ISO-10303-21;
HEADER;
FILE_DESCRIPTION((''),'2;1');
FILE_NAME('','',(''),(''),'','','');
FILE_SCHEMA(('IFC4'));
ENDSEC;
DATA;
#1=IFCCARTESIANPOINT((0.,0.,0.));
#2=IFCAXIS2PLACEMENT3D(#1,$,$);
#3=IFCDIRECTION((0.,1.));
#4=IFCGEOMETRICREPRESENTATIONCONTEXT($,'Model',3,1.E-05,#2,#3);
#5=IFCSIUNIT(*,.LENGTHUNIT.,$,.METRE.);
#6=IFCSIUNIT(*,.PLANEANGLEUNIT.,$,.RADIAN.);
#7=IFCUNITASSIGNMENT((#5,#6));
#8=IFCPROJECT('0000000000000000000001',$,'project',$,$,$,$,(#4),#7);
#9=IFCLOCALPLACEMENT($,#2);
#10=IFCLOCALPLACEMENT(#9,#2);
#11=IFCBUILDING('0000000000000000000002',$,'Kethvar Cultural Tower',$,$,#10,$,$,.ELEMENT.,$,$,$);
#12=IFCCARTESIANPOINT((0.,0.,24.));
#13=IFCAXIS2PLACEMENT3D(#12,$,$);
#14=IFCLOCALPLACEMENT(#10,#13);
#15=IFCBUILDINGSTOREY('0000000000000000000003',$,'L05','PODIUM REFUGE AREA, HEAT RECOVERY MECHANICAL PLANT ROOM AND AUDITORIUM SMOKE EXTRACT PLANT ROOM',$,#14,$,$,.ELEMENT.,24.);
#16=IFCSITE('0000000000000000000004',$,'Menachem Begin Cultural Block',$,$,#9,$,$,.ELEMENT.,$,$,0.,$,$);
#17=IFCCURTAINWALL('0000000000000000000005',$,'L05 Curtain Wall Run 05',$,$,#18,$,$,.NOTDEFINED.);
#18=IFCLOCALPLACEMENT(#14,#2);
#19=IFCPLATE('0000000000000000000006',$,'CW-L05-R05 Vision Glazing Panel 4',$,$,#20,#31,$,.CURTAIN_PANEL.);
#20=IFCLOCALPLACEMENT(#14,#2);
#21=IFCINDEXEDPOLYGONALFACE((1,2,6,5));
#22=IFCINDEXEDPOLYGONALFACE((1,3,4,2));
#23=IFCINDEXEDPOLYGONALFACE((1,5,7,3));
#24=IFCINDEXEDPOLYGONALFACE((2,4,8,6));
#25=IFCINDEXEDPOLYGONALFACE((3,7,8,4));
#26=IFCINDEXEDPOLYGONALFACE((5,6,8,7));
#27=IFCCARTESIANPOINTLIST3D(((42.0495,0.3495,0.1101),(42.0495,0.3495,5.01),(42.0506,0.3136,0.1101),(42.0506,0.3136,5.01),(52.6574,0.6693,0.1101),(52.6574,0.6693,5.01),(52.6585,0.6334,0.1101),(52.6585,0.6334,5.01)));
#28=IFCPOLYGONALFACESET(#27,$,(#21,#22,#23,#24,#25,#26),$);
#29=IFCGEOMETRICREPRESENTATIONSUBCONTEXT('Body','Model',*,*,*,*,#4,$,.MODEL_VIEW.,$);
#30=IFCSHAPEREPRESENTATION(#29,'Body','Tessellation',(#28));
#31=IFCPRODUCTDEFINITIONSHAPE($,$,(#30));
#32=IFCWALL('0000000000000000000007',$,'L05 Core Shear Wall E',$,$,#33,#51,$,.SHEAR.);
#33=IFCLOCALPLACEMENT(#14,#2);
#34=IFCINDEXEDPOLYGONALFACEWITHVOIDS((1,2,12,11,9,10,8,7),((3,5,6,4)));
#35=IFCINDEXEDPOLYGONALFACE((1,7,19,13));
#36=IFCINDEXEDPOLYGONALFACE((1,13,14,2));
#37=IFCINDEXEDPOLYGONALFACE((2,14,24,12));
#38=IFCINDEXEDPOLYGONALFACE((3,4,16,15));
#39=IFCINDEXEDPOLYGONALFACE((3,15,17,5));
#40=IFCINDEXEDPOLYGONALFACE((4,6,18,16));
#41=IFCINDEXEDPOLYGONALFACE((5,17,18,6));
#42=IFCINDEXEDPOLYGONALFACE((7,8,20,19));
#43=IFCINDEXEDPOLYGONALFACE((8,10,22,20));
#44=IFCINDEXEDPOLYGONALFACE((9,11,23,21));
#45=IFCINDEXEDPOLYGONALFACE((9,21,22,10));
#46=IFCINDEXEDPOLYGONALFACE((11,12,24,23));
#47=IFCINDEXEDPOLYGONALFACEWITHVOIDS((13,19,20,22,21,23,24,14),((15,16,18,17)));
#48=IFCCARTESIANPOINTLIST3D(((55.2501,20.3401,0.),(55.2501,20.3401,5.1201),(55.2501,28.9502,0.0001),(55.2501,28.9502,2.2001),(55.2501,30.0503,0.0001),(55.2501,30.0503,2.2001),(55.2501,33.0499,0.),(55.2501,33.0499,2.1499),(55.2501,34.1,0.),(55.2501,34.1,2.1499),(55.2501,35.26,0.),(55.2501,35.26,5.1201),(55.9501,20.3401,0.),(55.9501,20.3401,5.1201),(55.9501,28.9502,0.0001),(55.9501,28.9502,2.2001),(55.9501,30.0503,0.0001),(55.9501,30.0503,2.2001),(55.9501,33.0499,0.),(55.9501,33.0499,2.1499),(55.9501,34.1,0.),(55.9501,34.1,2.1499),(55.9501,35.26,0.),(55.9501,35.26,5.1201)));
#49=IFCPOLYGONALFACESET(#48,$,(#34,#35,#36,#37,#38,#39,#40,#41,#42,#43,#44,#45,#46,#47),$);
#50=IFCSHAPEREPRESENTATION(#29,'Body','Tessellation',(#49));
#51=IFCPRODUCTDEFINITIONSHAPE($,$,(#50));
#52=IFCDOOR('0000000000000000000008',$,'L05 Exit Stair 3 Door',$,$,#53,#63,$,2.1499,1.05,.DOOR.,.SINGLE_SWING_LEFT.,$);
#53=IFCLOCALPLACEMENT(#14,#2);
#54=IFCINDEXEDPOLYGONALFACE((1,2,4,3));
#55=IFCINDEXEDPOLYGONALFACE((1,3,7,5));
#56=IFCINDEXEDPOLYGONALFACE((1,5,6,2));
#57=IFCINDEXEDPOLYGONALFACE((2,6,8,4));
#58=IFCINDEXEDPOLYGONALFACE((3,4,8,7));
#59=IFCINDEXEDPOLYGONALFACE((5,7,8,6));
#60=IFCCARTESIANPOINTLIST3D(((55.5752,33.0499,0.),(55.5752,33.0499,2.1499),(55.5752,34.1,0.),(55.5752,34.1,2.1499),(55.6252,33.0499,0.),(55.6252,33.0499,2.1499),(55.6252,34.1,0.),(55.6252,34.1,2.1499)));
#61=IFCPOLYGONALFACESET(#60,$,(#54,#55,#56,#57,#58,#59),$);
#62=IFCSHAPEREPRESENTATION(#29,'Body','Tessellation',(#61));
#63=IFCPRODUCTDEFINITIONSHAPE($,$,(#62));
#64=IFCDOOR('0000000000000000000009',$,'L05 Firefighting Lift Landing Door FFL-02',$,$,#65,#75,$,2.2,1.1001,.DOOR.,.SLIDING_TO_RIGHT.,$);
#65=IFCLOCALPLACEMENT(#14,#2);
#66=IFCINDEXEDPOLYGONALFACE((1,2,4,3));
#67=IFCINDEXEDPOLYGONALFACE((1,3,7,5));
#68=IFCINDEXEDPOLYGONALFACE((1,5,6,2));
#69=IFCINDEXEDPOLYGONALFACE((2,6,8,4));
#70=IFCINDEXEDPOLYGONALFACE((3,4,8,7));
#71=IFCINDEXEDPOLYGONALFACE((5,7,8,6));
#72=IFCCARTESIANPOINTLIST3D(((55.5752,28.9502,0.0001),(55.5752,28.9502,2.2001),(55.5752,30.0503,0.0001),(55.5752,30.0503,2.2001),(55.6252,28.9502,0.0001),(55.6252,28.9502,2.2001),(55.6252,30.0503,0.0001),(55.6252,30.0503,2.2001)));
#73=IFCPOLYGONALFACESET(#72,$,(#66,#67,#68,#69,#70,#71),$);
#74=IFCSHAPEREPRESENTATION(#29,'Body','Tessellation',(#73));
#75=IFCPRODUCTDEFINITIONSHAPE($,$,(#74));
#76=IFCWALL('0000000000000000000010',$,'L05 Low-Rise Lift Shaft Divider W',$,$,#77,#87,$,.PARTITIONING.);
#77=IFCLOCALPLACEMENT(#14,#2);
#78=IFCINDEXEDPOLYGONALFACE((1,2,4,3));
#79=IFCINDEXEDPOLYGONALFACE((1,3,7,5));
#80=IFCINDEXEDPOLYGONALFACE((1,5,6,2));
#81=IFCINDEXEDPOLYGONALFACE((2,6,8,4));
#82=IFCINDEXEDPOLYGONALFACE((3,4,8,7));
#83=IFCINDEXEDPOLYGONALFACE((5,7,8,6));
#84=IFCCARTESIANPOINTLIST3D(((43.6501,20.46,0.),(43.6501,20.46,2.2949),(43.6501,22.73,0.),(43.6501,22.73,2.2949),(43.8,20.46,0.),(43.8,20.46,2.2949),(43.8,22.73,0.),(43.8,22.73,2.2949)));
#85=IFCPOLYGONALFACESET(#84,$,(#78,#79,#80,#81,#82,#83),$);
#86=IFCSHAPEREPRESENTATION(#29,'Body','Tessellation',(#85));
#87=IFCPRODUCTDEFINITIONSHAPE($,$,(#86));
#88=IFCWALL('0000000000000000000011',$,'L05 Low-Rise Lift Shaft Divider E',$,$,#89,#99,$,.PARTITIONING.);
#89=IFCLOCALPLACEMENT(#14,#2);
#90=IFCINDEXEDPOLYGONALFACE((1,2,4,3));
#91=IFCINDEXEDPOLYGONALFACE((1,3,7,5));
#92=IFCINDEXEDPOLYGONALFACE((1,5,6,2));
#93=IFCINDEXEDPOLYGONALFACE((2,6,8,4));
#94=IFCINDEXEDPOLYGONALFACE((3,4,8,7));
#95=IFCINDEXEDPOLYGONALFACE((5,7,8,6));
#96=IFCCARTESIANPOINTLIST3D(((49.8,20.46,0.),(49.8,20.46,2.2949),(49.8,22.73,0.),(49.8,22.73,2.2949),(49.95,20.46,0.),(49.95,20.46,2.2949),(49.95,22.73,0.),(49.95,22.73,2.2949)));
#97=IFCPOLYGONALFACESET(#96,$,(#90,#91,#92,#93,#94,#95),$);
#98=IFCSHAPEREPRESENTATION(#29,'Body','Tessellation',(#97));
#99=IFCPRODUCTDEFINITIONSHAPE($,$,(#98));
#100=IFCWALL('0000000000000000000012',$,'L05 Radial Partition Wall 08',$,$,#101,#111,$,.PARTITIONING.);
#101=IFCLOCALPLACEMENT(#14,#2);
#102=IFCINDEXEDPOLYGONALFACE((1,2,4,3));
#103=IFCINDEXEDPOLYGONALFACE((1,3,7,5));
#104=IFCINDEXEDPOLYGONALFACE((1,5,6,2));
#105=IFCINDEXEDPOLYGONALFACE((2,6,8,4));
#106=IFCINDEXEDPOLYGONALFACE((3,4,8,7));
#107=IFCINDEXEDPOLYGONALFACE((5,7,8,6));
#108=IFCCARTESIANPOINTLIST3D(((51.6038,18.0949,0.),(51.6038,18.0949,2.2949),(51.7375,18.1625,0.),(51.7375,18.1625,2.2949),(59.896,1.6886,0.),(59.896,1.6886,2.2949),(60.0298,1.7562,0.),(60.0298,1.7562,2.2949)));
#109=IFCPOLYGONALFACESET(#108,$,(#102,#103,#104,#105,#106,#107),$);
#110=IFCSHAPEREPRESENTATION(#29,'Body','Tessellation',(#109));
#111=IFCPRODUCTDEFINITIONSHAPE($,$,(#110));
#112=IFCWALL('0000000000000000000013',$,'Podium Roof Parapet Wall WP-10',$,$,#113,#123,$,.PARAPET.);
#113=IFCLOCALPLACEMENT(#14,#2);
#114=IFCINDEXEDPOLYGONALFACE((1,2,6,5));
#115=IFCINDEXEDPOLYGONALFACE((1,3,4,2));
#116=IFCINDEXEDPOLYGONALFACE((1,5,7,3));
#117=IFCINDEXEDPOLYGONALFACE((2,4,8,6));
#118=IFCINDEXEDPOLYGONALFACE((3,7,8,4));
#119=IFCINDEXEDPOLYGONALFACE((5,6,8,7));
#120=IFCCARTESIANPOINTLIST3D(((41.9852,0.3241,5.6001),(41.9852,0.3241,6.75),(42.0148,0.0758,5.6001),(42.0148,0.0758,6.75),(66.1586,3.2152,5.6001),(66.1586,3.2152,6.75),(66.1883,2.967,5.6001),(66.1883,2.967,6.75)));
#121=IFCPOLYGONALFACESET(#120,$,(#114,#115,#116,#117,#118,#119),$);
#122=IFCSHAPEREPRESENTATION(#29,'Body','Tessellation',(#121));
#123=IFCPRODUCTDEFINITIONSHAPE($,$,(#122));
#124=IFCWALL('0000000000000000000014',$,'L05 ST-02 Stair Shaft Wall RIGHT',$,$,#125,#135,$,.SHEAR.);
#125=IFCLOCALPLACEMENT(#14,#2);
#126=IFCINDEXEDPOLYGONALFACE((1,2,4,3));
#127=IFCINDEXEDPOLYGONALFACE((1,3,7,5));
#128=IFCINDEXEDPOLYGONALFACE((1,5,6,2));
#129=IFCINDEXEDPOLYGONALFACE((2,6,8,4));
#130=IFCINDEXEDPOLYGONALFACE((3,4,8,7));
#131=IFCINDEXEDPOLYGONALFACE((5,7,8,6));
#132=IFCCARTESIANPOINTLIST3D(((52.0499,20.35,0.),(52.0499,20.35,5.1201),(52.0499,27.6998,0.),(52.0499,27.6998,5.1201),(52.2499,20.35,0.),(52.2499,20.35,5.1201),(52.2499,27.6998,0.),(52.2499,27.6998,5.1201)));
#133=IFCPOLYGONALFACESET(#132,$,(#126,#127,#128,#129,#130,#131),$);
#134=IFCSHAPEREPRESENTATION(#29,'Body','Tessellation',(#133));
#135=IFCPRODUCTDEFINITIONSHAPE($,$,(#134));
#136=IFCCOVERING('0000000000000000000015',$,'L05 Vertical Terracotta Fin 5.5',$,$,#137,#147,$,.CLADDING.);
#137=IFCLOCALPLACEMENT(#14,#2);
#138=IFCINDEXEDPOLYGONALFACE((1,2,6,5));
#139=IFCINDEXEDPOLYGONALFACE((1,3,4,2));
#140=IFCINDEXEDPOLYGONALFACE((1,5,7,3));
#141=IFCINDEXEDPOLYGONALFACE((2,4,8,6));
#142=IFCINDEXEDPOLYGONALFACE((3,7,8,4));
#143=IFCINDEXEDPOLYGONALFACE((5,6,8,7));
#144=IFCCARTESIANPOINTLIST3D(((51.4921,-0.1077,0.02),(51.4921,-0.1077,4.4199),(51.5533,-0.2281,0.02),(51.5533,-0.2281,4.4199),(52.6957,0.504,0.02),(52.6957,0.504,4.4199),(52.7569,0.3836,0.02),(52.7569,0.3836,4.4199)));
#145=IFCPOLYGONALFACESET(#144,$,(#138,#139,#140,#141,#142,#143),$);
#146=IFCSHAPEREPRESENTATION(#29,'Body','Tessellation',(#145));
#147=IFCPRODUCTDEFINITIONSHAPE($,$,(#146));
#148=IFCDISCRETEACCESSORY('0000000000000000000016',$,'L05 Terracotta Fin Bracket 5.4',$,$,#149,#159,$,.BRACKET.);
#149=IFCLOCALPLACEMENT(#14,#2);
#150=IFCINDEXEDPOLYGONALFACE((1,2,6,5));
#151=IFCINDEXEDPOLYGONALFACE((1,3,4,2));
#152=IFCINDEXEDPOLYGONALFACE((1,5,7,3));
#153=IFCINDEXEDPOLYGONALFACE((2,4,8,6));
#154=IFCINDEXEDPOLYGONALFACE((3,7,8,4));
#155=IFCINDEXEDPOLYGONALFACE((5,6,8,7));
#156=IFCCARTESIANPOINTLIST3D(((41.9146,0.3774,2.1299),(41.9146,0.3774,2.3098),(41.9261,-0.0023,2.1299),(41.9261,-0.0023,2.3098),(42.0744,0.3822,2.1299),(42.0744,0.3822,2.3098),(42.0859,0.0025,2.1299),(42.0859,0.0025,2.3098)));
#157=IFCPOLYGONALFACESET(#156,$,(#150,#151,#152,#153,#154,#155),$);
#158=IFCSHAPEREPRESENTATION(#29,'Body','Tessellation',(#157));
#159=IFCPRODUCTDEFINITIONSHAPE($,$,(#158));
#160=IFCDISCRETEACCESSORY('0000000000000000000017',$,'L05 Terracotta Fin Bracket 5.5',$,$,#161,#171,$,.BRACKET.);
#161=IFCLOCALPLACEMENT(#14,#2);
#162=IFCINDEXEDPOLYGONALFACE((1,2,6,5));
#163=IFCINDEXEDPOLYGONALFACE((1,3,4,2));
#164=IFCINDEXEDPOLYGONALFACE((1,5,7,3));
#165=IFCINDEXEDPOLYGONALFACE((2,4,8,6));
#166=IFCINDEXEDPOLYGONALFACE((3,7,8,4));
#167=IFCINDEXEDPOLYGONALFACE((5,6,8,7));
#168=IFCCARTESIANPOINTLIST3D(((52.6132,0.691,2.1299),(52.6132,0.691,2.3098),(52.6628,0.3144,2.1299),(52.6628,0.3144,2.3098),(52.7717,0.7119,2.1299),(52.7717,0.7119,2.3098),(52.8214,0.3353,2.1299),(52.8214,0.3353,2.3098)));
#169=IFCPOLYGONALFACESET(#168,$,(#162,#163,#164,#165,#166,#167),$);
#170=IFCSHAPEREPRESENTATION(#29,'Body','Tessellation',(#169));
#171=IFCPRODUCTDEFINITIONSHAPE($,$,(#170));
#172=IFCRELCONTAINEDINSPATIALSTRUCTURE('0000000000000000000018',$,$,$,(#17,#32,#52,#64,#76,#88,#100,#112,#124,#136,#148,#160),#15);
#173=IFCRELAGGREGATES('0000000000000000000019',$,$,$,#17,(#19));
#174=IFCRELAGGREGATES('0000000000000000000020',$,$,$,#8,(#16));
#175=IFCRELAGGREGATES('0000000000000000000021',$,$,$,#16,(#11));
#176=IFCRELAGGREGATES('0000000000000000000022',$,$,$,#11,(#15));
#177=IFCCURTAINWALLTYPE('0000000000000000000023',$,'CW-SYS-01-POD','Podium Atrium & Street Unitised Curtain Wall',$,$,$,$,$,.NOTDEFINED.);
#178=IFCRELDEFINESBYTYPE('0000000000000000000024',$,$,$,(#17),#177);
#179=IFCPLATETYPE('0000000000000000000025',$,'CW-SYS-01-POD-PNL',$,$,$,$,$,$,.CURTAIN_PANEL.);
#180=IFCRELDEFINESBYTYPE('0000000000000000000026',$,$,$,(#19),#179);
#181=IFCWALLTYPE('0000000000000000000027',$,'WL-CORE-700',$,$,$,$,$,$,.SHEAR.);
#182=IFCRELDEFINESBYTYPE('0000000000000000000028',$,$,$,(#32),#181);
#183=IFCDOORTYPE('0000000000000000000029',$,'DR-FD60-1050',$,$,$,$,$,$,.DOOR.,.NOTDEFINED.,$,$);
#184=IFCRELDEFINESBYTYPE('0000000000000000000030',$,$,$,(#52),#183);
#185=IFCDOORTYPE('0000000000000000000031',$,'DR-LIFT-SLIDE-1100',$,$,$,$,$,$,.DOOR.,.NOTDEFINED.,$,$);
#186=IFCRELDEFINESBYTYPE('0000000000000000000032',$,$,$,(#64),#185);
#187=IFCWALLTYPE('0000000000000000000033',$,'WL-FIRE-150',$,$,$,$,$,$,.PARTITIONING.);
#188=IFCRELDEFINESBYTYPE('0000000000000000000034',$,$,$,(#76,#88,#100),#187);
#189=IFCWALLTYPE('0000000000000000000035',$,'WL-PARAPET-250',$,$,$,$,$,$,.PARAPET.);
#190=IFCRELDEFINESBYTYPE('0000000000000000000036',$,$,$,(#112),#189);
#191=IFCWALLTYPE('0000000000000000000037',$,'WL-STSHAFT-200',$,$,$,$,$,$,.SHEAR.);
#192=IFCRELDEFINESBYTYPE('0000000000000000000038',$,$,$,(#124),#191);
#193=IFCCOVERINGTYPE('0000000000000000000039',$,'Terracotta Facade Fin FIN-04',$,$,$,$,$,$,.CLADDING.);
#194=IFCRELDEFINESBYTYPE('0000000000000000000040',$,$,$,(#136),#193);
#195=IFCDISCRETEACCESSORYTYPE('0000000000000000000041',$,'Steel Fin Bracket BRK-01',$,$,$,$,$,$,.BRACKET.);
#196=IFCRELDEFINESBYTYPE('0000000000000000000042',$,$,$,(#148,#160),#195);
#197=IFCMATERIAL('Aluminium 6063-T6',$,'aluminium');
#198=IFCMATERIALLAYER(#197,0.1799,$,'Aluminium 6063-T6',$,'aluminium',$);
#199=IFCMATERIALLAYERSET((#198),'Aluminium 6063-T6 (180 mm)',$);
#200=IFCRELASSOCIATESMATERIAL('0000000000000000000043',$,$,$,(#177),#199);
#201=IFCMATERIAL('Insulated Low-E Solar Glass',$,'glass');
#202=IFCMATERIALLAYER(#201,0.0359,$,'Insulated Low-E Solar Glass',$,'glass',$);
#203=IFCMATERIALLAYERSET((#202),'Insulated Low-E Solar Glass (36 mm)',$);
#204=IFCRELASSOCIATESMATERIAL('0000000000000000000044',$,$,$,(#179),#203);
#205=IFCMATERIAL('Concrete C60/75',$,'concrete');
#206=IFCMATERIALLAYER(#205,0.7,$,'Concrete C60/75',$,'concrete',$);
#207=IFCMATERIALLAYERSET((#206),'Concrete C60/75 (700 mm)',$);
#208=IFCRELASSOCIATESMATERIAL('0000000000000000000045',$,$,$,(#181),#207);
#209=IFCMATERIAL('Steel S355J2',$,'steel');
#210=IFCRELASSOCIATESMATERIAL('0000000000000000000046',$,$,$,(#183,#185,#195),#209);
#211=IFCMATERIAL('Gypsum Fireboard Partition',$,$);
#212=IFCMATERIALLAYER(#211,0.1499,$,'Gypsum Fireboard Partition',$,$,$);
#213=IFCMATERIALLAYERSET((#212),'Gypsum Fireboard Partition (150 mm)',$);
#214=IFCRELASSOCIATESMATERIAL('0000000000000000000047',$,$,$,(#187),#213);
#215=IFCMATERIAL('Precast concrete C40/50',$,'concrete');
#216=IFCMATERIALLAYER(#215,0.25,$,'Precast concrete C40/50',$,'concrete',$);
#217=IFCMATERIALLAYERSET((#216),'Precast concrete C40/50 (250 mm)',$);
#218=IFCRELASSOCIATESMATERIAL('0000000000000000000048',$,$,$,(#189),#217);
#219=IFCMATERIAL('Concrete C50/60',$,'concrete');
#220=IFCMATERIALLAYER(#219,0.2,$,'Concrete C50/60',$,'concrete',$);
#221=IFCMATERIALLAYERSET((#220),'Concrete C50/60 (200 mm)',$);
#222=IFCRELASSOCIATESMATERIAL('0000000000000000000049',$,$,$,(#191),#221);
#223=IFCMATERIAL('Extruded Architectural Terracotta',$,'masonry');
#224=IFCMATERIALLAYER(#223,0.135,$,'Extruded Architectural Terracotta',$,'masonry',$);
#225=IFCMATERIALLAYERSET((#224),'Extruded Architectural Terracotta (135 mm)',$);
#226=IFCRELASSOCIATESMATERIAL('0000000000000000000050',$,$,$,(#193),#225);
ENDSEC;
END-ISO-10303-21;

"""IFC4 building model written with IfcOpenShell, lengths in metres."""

from ifc_helpers import new_model, si_unit, direction, frame, frame_2d, origin, origin_2d, place, context, subcontext, project, spatial, rectangle, extrude, source, transform, mapped, material, layer, layer_set, type_object, element, fill, aggregate, save


model = new_model("IFC4")

# Units and contexts
model_context = context("Model", 3, precision=1e-05, world=origin(), true_north=direction((0.0, 1.0)))
body_context = subcontext(model_context, "Body", "Model", "MODEL_VIEW")
ifc_project = project(units=[si_unit("LENGTHUNIT", "METRE"), si_unit("PLANEANGLEUNIT", "RADIAN")], contexts=[model_context])

# Site, building, storey
site_placement = place(None, origin())
site = spatial("IfcSite", under=ifc_project, at=site_placement, Name="Menachem Begin Cultural Block", CompositionType="ELEMENT", RefElevation=0.0)
building_placement = place(site_placement, origin())
building = spatial("IfcBuilding", under=site, at=building_placement, Name="Kethvar Cultural Tower", CompositionType="ELEMENT")
storey_placement = place(building_placement, frame((0.0, 0.0, 24.0)))
storey = spatial("IfcBuildingStorey", under=building, at=storey_placement, Name="L05", Description="PODIUM REFUGE AREA, HEAT RECOVERY MECHANICAL PLANT ROOM AND AUDITORIUM SMOKE EXTRACT PLANT ROOM", CompositionType="ELEMENT", Elevation=24.0)

# Shared definitions
ifc_material_1 = material(Name="Steel S355J2", Category="steel")

# Curtain wall
ifc_material_2 = material(Name="Aluminium 6063-T6", Category="aluminium")
ifc_layer_1 = layer(ifc_material_2, 0.1799, Name="Aluminium 6063-T6", Category="aluminium")
ifc_layer_set_1 = layer_set([ifc_layer_1], Name="Aluminium 6063-T6 (180 mm)")
curtain_wall_type = type_object("IfcCurtainWallType", Name="CW-SYS-01-POD", Description="Podium Atrium & Street Unitised Curtain Wall", PredefinedType="NOTDEFINED", material=ifc_layer_set_1)
curtain_wall_placement = place(storey_placement, origin())
curtain_wall = element("IfcCurtainWall", 1, at=curtain_wall_placement, inside=storey, type_object=curtain_wall_type, Name="L05 Curtain Wall Run 05", PredefinedType="NOTDEFINED")

# Plate
ifc_material_3 = material(Name="Insulated Low-E Solar Glass", Category="glass")
ifc_layer_2 = layer(ifc_material_3, 0.0359, Name="Insulated Low-E Solar Glass", Category="glass")
ifc_layer_set_2 = layer_set([ifc_layer_2], Name="Insulated Low-E Solar Glass (36 mm)")
plate_type_1 = type_object("IfcPlateType", Name="CW-SYS-01-POD-PNL", PredefinedType="CURTAIN_PANEL", material=ifc_layer_set_2)
shared_shape_1 = source(origin(), body_context, "Body", "SweptSolid", [
    extrude(rectangle(XDim=10.6128, YDim=0.0359, at=origin_2d()), origin(), (0.0, 0.0, 1.0), 4.8999),
])
plate_1_placement = place(storey_placement, frame((47.354, 0.4915, 0.1101), z_axis=(0.0, 0.0, 1.0), x_axis=(0.999546, 0.030137, 0.0)))
plate_1 = element("IfcPlate", 2, at=plate_1_placement, type_object=plate_type_1, Name="CW-L05-R05 Vision Glazing Panel 4", PredefinedType="CURTAIN_PANEL", context=body_context, shape_type="MappedRepresentation", body=[
    mapped(shared_shape_1, transform((0.0, 0.0, 0.0), scale=1.0)),
])
aggregate(curtain_wall, [plate_1])

# Wall, openings, doors
ifc_material_4 = material(Name="Concrete C60/75", Category="concrete")
ifc_layer_3 = layer(ifc_material_4, 0.7, Name="Concrete C60/75", Category="concrete")
ifc_layer_set_3 = layer_set([ifc_layer_3], Name="Concrete C60/75 (700 mm)")
wall_type_1 = type_object("IfcWallType", Name="WL-CORE-700", PredefinedType="SHEAR", material=ifc_layer_set_3)
wall_1_placement = place(storey_placement, frame((55.6001, 20.3401, 0.0), z_axis=(0.0, 0.0, 1.0), x_axis=(0.0, 1.0, 0.0)))
wall_1 = element("IfcWall", 3, at=wall_1_placement, inside=storey, type_object=wall_type_1, Name="L05 Core Shear Wall E", PredefinedType="SHEAR", context=body_context, shape_type="SweptSolid", body=[
    extrude(rectangle(XDim=14.9199, YDim=0.7, at=frame_2d((7.46, 0.0))), origin(), (0.0, 0.0, 1.0), 5.1201),
])
opening_1_placement = place(wall_1_placement, frame((12.71, 0.0, 0.0)))
opening_1 = element("IfcOpeningElement", 4, at=opening_1_placement, cuts=wall_1, PredefinedType="OPENING", context=body_context, shape_type="SweptSolid", body=[
    extrude(rectangle(XDim=1.05, YDim=2.1499, at=frame_2d((0.5249, 1.075))), frame((0.0, 0.3599, 0.0), z_axis=(0.0, -1.0, 0.0), x_axis=(1.0, 0.0, 0.0)), (0.0, 0.0, 1.0), 0.72),
])
opening_2_placement = place(wall_1_placement, frame((8.6101, 0.0, 0.0)))
opening_2 = element("IfcOpeningElement", 5, at=opening_2_placement, cuts=wall_1, PredefinedType="OPENING", context=body_context, shape_type="SweptSolid", body=[
    extrude(rectangle(XDim=1.1001, YDim=2.2, at=frame_2d((0.55, 1.1001))), frame((0.0, 0.3599, 0.0), z_axis=(0.0, -1.0, 0.0), x_axis=(1.0, 0.0, 0.0)), (0.0, 0.0, 1.0), 0.72),
])
door_type_1 = type_object("IfcDoorType", Name="DR-FD60-1050", OperationType="NOTDEFINED", PredefinedType="DOOR", material=ifc_material_1)
shared_shape_2 = source(origin(), body_context, "Body", "SweptSolid", [
    extrude(rectangle(XDim=1.05, YDim=2.1499, at=frame_2d((0.5249, 1.075))), frame((0.0, 0.0249, 0.0), z_axis=(0.0, -1.0, 0.0), x_axis=(1.0, 0.0, 0.0)), (0.0, 0.0, 1.0), 0.05),
])
door_1_placement = place(opening_1_placement, origin())
door_1 = element("IfcDoor", 6, at=door_1_placement, inside=storey, type_object=door_type_1, Name="L05 Exit Stair 3 Door", OperationType="SINGLE_SWING_LEFT", OverallHeight=2.1499, OverallWidth=1.05, PredefinedType="DOOR", context=body_context, shape_type="MappedRepresentation", body=[
    mapped(shared_shape_2, transform((0.0, 0.0, 0.0), scale=1.0)),
])
fill(opening_1, door_1)
door_type_2 = type_object("IfcDoorType", Name="DR-LIFT-SLIDE-1100", OperationType="NOTDEFINED", PredefinedType="DOOR", material=ifc_material_1)
shared_shape_3 = source(origin(), body_context, "Body", "SweptSolid", [
    extrude(rectangle(XDim=1.1001, YDim=2.2, at=frame_2d((0.55, 1.1001))), frame((0.0, 0.0249, 0.0), z_axis=(0.0, -1.0, 0.0), x_axis=(1.0, 0.0, 0.0)), (0.0, 0.0, 1.0), 0.05),
])
door_2_placement = place(opening_2_placement, origin())
door_2 = element("IfcDoor", 7, at=door_2_placement, inside=storey, type_object=door_type_2, Name="L05 Firefighting Lift Landing Door FFL-02", OperationType="SLIDING_TO_RIGHT", OverallHeight=2.2, OverallWidth=1.1001, PredefinedType="DOOR", context=body_context, shape_type="MappedRepresentation", body=[
    mapped(shared_shape_3, transform((0.0, 0.0, 0.0), scale=1.0)),
])
fill(opening_2, door_2)

# Walls
ifc_material_5 = material(Name="Gypsum Fireboard Partition")
ifc_layer_4 = layer(ifc_material_5, 0.1499, Name="Gypsum Fireboard Partition")
ifc_layer_set_4 = layer_set([ifc_layer_4], Name="Gypsum Fireboard Partition (150 mm)")
wall_type_2 = type_object("IfcWallType", Name="WL-FIRE-150", PredefinedType="PARTITIONING", material=ifc_layer_set_4)
for number, where, z_axis, x_axis, name in (
    (8, (43.7251, 20.46, 0.0), (0.0, 0.0, 1.0), (0.0, 1.0, 0.0), "L05 Low-Rise Lift Shaft Divider W"),
    (9, (49.875, 20.46, 0.0), (0.0, 0.0, 1.0), (0.0, 1.0, 0.0), "L05 Low-Rise Lift Shaft Divider E"),
):
    element("IfcWall", number, at=place(storey_placement, frame(where, z_axis=z_axis, x_axis=x_axis)), inside=storey, type_object=wall_type_2, Name=name, PredefinedType="PARTITIONING", context=body_context, shape_type="SweptSolid", body=[
        extrude(rectangle(XDim=2.27, YDim=0.1499, at=frame_2d((1.135, 0.0))), origin(), (0.0, 0.0, 1.0), 2.2949),
    ])
wall_2_placement = place(storey_placement, frame((51.6707, 18.1287, 0.0), z_axis=(0.0, 0.0, 1.0), x_axis=(0.451087, -0.89248, 0.0)))
element("IfcWall", 10, at=wall_2_placement, inside=storey, type_object=wall_type_2, Name="L05 Radial Partition Wall 08", PredefinedType="PARTITIONING", context=body_context, shape_type="SweptSolid", body=[
    extrude(rectangle(XDim=18.3828, YDim=0.1499, at=frame_2d((9.1914, 0.0))), origin(), (0.0, 0.0, 1.0), 2.2949),
])
ifc_material_6 = material(Name="Precast concrete C40/50", Category="concrete")
ifc_layer_5 = layer(ifc_material_6, 0.25, Name="Precast concrete C40/50", Category="concrete")
ifc_layer_set_5 = layer_set([ifc_layer_5], Name="Precast concrete C40/50 (250 mm)")
wall_type_3 = type_object("IfcWallType", Name="WL-PARAPET-250", PredefinedType="PARAPET", material=ifc_layer_set_5)
wall_3_placement = place(storey_placement, frame((42.0, 0.2, 5.6001), z_axis=(0.0, 0.0, 1.0), x_axis=(0.992924, 0.118753, 0.0)))
element("IfcWall", 11, at=wall_3_placement, inside=storey, type_object=wall_type_3, Name="Podium Roof Parapet Wall WP-10", PredefinedType="PARAPET", context=body_context, shape_type="SweptSolid", body=[
    extrude(rectangle(XDim=24.3457, YDim=0.25, at=frame_2d((12.1729, 0.0))), origin(), (0.0, 0.0, 1.0), 1.1499),
])
ifc_material_7 = material(Name="Concrete C50/60", Category="concrete")
ifc_layer_6 = layer(ifc_material_7, 0.2, Name="Concrete C50/60", Category="concrete")
ifc_layer_set_6 = layer_set([ifc_layer_6], Name="Concrete C50/60 (200 mm)")
wall_type_4 = type_object("IfcWallType", Name="WL-STSHAFT-200", PredefinedType="SHEAR", material=ifc_layer_set_6)
wall_4_placement = place(storey_placement, frame((52.1499, 20.3501, 0.0), z_axis=(0.0, 0.0, 1.0), x_axis=(0.0, 1.0, 0.0)))
element("IfcWall", 12, at=wall_4_placement, inside=storey, type_object=wall_type_4, Name="L05 ST-02 Stair Shaft Wall RIGHT", PredefinedType="SHEAR", context=body_context, shape_type="SweptSolid", body=[
    extrude(rectangle(XDim=7.3499, YDim=0.2, at=frame_2d((3.6748, 0.0))), origin(), (0.0, 0.0, 1.0), 5.1201),
])

# Covering
ifc_material_8 = material(Name="Extruded Architectural Terracotta", Category="masonry")
ifc_layer_7 = layer(ifc_material_8, 0.135, Name="Extruded Architectural Terracotta", Category="masonry")
ifc_layer_set_7 = layer_set([ifc_layer_7], Name="Extruded Architectural Terracotta (135 mm)")
covering_type = type_object("IfcCoveringType", Name="Terracotta Facade Fin FIN-04", PredefinedType="CLADDING", material=ifc_layer_set_7)
shared_shape_4 = source(origin(), body_context, "Body", "SweptSolid", [
    extrude(rectangle(XDim=1.3501, YDim=0.135, at=origin_2d()), origin(), (0.0, 0.0, 1.0), 4.3999),
])
covering_placement = place(storey_placement, frame((52.1245, 0.1379, 0.02), z_axis=(0.0, 0.0, 1.0), x_axis=(-0.891481, -0.453057, 0.0)))
element("IfcCovering", 13, at=covering_placement, inside=storey, type_object=covering_type, Name="L05 Vertical Terracotta Fin 5.5", PredefinedType="CLADDING", context=body_context, shape_type="MappedRepresentation", body=[
    mapped(shared_shape_4, transform((0.0, 0.0, 0.0), scale=1.0)),
])

# Discrete accessories
discrete_accessory_type = type_object("IfcDiscreteAccessoryType", Name="Steel Fin Bracket BRK-01", PredefinedType="BRACKET", material=ifc_material_1)
shared_shape_5 = source(origin(), body_context, "Body", "SweptSolid", [
    extrude(rectangle(XDim=0.3799, YDim=0.1599, at=origin_2d()), origin(), (0.0, 0.0, 1.0), 0.1799),
])
for number, where, z_axis, x_axis, name in (
    (14, (42.0002, 0.1899, 2.1299), (0.0, 0.0, 1.0), (0.03019, -0.999544, 0.0), "L05 Terracotta Fin Bracket 5.4"),
    (15, (52.7173, 0.5132, 2.1299), (0.0, 0.0, 1.0), (0.130699, -0.991422, 0.0), "L05 Terracotta Fin Bracket 5.5"),
):
    element("IfcDiscreteAccessory", number, at=place(storey_placement, frame(where, z_axis=z_axis, x_axis=x_axis)), inside=storey, type_object=discrete_accessory_type, Name=name, PredefinedType="BRACKET", context=body_context, shape_type="MappedRepresentation", body=[
        mapped(shared_shape_5, transform((0.0, 0.0, 0.0), scale=1.0)),
    ])

save(model, "model.ifc")
